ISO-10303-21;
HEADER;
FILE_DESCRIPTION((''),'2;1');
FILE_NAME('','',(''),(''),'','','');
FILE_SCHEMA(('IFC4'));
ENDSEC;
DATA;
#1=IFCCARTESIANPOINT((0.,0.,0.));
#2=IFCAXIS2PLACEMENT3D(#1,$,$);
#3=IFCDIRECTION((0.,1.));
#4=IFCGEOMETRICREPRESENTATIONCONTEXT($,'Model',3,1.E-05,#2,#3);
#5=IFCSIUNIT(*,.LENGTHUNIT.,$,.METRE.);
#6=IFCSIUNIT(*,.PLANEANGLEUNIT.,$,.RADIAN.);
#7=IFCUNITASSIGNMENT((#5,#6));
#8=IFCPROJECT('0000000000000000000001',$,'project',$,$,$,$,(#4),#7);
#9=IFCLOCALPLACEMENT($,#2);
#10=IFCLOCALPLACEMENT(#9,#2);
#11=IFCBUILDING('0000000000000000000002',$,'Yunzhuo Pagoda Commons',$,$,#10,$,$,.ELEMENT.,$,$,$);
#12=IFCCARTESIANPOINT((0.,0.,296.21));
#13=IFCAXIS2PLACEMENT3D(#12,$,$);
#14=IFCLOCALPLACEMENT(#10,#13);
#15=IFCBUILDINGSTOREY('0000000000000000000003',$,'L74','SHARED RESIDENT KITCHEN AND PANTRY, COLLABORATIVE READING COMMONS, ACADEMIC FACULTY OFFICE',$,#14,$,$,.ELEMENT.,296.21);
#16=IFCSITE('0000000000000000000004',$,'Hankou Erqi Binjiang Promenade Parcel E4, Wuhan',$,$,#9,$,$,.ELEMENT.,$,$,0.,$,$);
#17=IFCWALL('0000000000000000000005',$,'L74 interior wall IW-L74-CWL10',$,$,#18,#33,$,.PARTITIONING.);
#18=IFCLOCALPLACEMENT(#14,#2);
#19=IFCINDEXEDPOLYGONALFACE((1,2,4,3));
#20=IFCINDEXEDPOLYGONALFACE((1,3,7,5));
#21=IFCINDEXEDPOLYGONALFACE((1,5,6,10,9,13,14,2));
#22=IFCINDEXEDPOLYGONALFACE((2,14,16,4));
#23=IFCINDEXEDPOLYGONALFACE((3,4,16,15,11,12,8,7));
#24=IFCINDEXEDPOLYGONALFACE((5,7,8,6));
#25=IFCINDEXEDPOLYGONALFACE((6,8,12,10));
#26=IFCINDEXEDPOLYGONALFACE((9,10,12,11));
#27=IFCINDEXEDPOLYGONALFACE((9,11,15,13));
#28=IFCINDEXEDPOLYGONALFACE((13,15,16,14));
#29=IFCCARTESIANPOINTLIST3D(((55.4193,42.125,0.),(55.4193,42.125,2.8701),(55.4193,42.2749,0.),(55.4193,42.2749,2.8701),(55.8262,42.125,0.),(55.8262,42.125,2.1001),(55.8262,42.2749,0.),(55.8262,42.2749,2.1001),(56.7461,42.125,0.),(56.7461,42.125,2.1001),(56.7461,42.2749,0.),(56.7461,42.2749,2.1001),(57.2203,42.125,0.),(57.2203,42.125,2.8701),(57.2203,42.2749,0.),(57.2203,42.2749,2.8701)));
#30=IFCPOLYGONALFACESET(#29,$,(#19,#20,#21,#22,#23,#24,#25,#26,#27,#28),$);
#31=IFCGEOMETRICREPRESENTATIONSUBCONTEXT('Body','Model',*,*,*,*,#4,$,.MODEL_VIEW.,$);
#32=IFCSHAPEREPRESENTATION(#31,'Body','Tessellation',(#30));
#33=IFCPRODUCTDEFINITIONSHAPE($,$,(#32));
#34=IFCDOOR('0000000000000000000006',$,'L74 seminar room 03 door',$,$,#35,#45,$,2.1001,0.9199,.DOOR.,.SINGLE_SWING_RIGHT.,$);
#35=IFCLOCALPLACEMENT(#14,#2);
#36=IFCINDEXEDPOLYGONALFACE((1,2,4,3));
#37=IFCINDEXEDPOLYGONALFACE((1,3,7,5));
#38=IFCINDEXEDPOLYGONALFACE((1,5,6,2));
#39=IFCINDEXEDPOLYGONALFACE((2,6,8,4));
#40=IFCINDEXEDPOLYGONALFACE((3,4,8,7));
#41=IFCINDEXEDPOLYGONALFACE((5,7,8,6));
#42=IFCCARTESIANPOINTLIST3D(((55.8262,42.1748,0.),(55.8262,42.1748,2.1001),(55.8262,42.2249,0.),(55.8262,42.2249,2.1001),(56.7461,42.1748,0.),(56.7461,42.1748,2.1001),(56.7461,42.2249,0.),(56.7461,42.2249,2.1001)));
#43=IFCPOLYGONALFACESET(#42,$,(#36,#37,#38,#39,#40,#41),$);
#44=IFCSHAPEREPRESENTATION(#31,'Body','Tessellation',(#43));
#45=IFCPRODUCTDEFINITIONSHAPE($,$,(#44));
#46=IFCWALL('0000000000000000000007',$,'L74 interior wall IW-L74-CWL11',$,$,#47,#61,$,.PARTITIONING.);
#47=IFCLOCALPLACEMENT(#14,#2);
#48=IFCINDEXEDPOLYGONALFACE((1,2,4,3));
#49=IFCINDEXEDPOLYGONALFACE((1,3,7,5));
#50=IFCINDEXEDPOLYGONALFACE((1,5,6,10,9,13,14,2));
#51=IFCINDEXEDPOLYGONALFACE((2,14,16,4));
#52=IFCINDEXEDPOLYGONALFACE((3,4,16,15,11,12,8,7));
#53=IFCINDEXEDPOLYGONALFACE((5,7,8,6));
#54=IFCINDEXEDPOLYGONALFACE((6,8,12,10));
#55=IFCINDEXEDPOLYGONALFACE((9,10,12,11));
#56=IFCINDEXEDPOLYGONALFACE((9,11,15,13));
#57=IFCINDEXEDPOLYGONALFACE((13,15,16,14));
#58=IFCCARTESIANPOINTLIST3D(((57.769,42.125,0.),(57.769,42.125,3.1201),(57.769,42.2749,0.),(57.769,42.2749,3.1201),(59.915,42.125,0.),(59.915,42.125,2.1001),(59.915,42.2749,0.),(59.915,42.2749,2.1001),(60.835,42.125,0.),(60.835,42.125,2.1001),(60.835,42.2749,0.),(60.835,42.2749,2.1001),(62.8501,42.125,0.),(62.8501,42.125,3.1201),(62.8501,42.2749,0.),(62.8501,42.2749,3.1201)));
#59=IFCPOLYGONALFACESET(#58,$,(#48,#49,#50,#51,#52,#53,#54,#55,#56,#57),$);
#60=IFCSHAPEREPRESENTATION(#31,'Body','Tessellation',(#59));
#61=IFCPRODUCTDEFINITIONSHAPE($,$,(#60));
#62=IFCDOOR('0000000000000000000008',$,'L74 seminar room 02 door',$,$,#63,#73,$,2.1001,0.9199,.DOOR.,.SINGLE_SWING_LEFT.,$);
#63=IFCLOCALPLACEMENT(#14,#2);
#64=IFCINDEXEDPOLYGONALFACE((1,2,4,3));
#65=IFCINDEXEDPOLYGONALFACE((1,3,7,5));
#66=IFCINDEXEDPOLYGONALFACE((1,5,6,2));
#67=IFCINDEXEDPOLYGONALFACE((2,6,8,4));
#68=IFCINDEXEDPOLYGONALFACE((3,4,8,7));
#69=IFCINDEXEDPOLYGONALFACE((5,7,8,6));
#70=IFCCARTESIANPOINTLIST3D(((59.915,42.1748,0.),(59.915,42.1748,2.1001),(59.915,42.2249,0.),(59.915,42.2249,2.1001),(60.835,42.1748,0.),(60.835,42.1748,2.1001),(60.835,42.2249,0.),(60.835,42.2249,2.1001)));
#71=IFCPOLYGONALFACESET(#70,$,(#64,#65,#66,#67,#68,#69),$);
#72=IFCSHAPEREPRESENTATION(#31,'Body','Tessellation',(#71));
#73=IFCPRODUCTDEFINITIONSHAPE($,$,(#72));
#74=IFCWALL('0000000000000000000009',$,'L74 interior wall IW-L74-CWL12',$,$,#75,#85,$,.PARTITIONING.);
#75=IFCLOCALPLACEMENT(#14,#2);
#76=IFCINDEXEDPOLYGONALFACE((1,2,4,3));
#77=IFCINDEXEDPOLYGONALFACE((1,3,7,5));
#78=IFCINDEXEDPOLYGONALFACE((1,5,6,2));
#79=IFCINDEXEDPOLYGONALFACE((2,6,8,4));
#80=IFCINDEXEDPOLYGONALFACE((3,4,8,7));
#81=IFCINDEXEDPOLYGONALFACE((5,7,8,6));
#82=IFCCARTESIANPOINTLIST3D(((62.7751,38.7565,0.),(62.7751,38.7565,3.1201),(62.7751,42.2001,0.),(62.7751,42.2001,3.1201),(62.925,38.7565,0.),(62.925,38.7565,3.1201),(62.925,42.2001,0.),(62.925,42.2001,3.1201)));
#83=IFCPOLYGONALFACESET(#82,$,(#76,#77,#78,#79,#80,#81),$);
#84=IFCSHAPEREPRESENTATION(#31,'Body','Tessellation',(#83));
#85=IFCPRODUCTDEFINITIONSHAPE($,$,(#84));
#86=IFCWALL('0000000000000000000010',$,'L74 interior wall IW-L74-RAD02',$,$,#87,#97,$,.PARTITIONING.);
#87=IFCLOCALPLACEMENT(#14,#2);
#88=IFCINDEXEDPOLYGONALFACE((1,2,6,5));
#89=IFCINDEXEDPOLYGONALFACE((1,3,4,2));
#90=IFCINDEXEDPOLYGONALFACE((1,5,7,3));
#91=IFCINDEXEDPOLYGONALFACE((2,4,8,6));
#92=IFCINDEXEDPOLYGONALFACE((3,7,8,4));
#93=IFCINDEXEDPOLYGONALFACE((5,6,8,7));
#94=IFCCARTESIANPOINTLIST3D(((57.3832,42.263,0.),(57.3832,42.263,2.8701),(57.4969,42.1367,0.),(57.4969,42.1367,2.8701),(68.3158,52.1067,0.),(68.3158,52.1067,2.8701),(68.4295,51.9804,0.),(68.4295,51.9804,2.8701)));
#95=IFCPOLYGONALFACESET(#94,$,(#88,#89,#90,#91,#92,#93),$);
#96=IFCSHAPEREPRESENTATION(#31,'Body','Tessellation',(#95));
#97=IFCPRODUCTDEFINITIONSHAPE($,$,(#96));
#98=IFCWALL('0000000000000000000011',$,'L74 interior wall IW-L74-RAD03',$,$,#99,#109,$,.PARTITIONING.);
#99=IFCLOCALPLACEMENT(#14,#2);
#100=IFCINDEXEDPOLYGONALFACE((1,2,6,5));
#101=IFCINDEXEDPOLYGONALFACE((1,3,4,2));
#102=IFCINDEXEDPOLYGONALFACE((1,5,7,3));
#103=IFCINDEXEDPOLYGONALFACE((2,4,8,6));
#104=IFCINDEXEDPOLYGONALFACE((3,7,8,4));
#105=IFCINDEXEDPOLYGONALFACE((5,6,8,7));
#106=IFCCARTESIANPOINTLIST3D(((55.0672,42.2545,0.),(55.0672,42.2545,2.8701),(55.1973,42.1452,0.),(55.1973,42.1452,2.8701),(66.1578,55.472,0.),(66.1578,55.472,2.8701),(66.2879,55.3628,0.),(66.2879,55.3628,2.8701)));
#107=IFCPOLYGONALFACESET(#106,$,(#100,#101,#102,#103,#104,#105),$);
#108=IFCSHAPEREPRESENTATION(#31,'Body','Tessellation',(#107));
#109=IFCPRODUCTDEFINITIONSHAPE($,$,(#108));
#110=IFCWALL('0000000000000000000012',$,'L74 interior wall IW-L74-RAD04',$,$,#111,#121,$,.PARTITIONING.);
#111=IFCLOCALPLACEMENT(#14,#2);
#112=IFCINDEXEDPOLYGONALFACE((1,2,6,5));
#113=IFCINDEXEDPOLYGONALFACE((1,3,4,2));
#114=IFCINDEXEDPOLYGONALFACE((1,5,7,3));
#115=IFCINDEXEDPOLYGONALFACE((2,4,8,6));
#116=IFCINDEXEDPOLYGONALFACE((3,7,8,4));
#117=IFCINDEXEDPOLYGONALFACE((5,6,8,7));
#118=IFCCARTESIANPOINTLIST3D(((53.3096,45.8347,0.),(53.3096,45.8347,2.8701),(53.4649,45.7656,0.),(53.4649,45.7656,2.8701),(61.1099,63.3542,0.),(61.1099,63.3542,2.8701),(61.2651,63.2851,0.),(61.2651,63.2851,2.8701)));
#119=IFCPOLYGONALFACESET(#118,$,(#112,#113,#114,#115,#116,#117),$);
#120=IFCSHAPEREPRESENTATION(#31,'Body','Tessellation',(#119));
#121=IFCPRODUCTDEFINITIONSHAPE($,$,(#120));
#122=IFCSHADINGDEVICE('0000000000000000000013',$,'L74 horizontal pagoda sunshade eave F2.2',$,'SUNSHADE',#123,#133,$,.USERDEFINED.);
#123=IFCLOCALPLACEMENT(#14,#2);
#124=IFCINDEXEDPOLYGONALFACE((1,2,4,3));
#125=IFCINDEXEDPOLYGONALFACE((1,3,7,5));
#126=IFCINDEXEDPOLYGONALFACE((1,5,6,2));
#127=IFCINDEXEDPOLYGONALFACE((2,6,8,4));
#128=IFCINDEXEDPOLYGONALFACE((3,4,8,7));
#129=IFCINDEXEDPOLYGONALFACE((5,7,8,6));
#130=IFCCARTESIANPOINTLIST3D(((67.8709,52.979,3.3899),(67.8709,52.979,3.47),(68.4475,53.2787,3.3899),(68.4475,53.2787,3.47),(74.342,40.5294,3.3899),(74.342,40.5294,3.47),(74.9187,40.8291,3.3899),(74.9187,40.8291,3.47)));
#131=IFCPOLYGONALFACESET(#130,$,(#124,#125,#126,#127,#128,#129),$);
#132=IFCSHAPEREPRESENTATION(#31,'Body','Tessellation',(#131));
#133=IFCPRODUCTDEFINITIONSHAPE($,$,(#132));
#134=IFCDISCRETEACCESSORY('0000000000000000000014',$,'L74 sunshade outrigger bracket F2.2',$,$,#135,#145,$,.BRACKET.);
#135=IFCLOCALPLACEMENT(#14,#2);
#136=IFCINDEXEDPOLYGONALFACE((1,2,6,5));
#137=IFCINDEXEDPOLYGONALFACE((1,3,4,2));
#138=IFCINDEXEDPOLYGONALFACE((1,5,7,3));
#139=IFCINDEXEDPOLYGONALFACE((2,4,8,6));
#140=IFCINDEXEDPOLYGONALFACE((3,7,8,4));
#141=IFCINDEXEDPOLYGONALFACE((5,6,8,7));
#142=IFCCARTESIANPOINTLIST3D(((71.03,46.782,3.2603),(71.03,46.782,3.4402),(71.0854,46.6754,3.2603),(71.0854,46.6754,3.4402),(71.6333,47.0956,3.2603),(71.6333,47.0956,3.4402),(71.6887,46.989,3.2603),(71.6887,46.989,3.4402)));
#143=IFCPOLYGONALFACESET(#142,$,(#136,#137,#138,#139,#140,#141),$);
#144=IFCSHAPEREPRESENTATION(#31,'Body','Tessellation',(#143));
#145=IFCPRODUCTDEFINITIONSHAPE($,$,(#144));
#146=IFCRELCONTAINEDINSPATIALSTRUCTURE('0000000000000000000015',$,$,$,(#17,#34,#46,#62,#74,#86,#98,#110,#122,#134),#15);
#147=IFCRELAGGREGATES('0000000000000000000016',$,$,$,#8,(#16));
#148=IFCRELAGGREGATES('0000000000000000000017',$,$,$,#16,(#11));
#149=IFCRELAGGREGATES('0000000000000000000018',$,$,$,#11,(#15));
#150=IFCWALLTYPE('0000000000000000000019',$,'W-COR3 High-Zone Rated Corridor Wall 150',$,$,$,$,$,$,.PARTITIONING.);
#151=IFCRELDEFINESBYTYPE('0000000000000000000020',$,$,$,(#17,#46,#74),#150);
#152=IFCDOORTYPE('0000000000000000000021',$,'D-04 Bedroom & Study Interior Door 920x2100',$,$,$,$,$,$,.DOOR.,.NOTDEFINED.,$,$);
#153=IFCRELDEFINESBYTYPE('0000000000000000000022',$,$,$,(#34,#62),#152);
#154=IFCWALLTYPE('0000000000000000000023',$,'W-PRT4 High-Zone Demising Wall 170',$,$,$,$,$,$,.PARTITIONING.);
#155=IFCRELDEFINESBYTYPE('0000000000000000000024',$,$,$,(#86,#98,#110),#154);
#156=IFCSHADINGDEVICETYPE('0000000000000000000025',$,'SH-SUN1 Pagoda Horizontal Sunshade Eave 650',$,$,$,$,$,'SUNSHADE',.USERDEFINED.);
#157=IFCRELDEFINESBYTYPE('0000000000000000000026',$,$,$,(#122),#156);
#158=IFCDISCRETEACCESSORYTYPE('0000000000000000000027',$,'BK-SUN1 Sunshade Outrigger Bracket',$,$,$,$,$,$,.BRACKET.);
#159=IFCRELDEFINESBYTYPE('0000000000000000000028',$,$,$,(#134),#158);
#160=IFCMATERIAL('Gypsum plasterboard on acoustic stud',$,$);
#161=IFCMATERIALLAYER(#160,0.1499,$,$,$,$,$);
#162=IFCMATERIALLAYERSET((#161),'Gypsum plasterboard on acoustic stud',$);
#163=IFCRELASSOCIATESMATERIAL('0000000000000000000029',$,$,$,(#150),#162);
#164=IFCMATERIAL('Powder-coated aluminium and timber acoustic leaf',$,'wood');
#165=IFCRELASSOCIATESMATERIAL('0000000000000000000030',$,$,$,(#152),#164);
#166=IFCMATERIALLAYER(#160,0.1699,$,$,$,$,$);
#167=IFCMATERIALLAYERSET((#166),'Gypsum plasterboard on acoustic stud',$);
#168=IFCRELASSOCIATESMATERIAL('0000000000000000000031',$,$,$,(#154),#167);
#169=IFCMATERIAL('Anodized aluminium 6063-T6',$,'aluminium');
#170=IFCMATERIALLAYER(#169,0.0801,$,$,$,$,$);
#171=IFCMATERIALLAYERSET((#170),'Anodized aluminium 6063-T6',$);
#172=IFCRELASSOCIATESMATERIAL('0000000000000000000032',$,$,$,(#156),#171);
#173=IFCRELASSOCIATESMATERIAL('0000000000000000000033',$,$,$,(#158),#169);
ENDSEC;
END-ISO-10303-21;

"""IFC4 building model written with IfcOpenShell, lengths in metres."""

from ifc_helpers import new_model, si_unit, direction, frame, frame_2d, origin, origin_with_axes, origin_2d, place, context, subcontext, project, spatial, rectangle, extrude, source, transform, mapped, material, layer, layer_set, type_object, element, fill, save


model = new_model("IFC4")

# Units and contexts
model_context = context("Model", 3, precision=1e-05, world=origin(), true_north=direction((0.0, 1.0)))
body_context = subcontext(model_context, "Body", "Model", "MODEL_VIEW")
ifc_project = project(units=[si_unit("LENGTHUNIT", "METRE"), si_unit("PLANEANGLEUNIT", "RADIAN")], contexts=[model_context])

# Site, building, storey
site_placement = place(None, origin())
site = spatial("IfcSite", under=ifc_project, at=site_placement, Name="Hankou Erqi Binjiang Promenade Parcel E4, Wuhan", CompositionType="ELEMENT", RefElevation=0.0)
building_placement = place(site_placement, origin())
building = spatial("IfcBuilding", under=site, at=building_placement, Name="Yunzhuo Pagoda Commons", CompositionType="ELEMENT")
storey_placement = place(building_placement, frame((0.0, 0.0, 296.21)))
storey = spatial("IfcBuildingStorey", under=building, at=storey_placement, Name="L74", Description="SHARED RESIDENT KITCHEN AND PANTRY, COLLABORATIVE READING COMMONS, ACADEMIC FACULTY OFFICE", CompositionType="ELEMENT", Elevation=296.21)

# Shared definitions
ifc_material_1 = material(Name="Anodized aluminium 6063-T6", Category="aluminium")

# Shared definitions
ifc_material_2 = material(Name="Gypsum plasterboard on acoustic stud")
ifc_layer_1 = layer(ifc_material_2, 0.1499)
ifc_layer_set_1 = layer_set([ifc_layer_1], Name="Gypsum plasterboard on acoustic stud")
wall_type_1 = type_object("IfcWallType", Name="W-COR3 High-Zone Rated Corridor Wall 150", PredefinedType="PARTITIONING", material=ifc_layer_set_1)

# Walls, openings, doors
wall_1_placement = place(storey_placement, frame((55.4194, 42.2, 0.0), z_axis=(0.0, 0.0, 1.0), x_axis=(1.0, 0.0, 0.0)))
wall_1 = element("IfcWall", 1, at=wall_1_placement, inside=storey, type_object=wall_type_1, Name="L74 interior wall IW-L74-CWL10", PredefinedType="PARTITIONING", context=body_context, shape_type="SweptSolid", body=[
    extrude(rectangle(XDim=1.801, YDim=0.1499, at=frame_2d((0.9004, 0.0))), origin(), (0.0, 0.0, 1.0), 2.8701),
])
opening_1_placement = place(wall_1_placement, frame((0.4067, 0.0, 0.0)))
opening_1 = element("IfcOpeningElement", 2, at=opening_1_placement, cuts=wall_1, PredefinedType="OPENING", context=body_context, shape_type="SweptSolid", body=[
    extrude(rectangle(XDim=0.9199, YDim=2.1001, at=frame_2d((0.46, 1.05))), frame((0.0, 0.085, 0.0), z_axis=(0.0, -1.0, 0.0), x_axis=(1.0, 0.0, 0.0)), (0.0, 0.0, 1.0), 0.1699),
])
ifc_material_3 = material(Name="Powder-coated aluminium and timber acoustic leaf", Category="wood")
door_type = type_object("IfcDoorType", Name="D-04 Bedroom & Study Interior Door 920x2100", OperationType="NOTDEFINED", PredefinedType="DOOR", material=ifc_material_3)
shared_shape_1 = source(origin(), body_context, "Body", "SweptSolid", [
    extrude(rectangle(XDim=0.9199, YDim=2.1001, at=frame_2d((0.46, 1.05))), frame((0.0, 0.0249, 0.0), z_axis=(0.0, -1.0, 0.0), x_axis=(1.0, 0.0, 0.0)), (0.0, 0.0, 1.0), 0.05),
])
door_1_placement = place(opening_1_placement, origin_with_axes())
door_1 = element("IfcDoor", 3, at=door_1_placement, inside=storey, type_object=door_type, Name="L74 seminar room 03 door", OperationType="SINGLE_SWING_RIGHT", OverallHeight=2.1001, OverallWidth=0.9199, PredefinedType="DOOR", context=body_context, shape_type="MappedRepresentation", body=[
    mapped(shared_shape_1, transform((0.0, 0.0, 0.0), scale=1.0)),
])
fill(opening_1, door_1)
wall_2_placement = place(storey_placement, frame((57.769, 42.2, 0.0), z_axis=(0.0, 0.0, 1.0), x_axis=(1.0, 0.0, 0.0)))
wall_2 = element("IfcWall", 4, at=wall_2_placement, inside=storey, type_object=wall_type_1, Name="L74 interior wall IW-L74-CWL11", PredefinedType="PARTITIONING", context=body_context, shape_type="SweptSolid", body=[
    extrude(rectangle(XDim=5.0811, YDim=0.1499, at=frame_2d((2.5405, 0.0))), origin(), (0.0, 0.0, 1.0), 3.1201),
])
opening_2_placement = place(wall_2_placement, frame((2.146, 0.0, 0.0)))
opening_2 = element("IfcOpeningElement", 5, at=opening_2_placement, cuts=wall_2, PredefinedType="OPENING", context=body_context, shape_type="SweptSolid", body=[
    extrude(rectangle(XDim=0.9199, YDim=2.1001, at=frame_2d((0.46, 1.05))), frame((0.0, 0.085, 0.0), z_axis=(0.0, -1.0, 0.0), x_axis=(1.0, 0.0, 0.0)), (0.0, 0.0, 1.0), 0.1699),
])
door_2_placement = place(opening_2_placement, origin_with_axes())
door_2 = element("IfcDoor", 6, at=door_2_placement, inside=storey, type_object=door_type, Name="L74 seminar room 02 door", OperationType="SINGLE_SWING_LEFT", OverallHeight=2.1001, OverallWidth=0.9199, PredefinedType="DOOR", context=body_context, shape_type="MappedRepresentation", body=[
    mapped(shared_shape_1, transform((0.0, 0.0, 0.0), scale=1.0)),
])
fill(opening_2, door_2)

# Walls
wall_3_placement = place(storey_placement, frame((62.8501, 42.2, 0.0), z_axis=(0.0, 0.0, 1.0), x_axis=(0.0, -1.0, 0.0)))
element("IfcWall", 7, at=wall_3_placement, inside=storey, type_object=wall_type_1, Name="L74 interior wall IW-L74-CWL12", PredefinedType="PARTITIONING", context=body_context, shape_type="SweptSolid", body=[
    extrude(rectangle(XDim=3.4436, YDim=0.1499, at=frame_2d((1.7217, 0.0))), origin(), (0.0, 0.0, 1.0), 3.1201),
])
ifc_layer_2 = layer(ifc_material_2, 0.1699)
ifc_layer_set_2 = layer_set([ifc_layer_2], Name="Gypsum plasterboard on acoustic stud")
wall_type_2 = type_object("IfcWallType", Name="W-PRT4 High-Zone Demising Wall 170", PredefinedType="PARTITIONING", material=ifc_layer_set_2)
wall_4_placement = place(storey_placement, frame((57.4402, 42.2, 0.0), z_axis=(0.0, 0.0, 1.0), x_axis=(0.743146, 0.66913, 0.0)))
element("IfcWall", 8, at=wall_4_placement, inside=storey, type_object=wall_type_2, Name="L74 interior wall IW-L74-RAD02", PredefinedType="PARTITIONING", context=body_context, shape_type="SweptSolid", body=[
    extrude(rectangle(XDim=14.7112, YDim=0.1699, at=frame_2d((7.3555, 0.0))), origin(), (0.0, 0.0, 1.0), 2.8701),
])
wall_5_placement = place(storey_placement, frame((55.1323, 42.2, 0.0), z_axis=(0.0, 0.0, 1.0), x_axis=(0.642779, 0.766052, 0.0)))
element("IfcWall", 9, at=wall_5_placement, inside=storey, type_object=wall_type_2, Name="L74 interior wall IW-L74-RAD03", PredefinedType="PARTITIONING", context=body_context, shape_type="SweptSolid", body=[
    extrude(rectangle(XDim=17.2542, YDim=0.1699, at=frame_2d((8.627, 0.0))), origin(), (0.0, 0.0, 1.0), 2.8701),
])
wall_6_placement = place(storey_placement, frame((53.3872, 45.8, 0.0), z_axis=(0.0, 0.0, 1.0), x_axis=(0.406741, 0.913544, 0.0)))
element("IfcWall", 10, at=wall_6_placement, inside=storey, type_object=wall_type_2, Name="L74 interior wall IW-L74-RAD04", PredefinedType="PARTITIONING", context=body_context, shape_type="SweptSolid", body=[
    extrude(rectangle(XDim=19.1775, YDim=0.1699, at=frame_2d((9.5889, 0.0))), origin(), (0.0, 0.0, 1.0), 2.8701),
])

# Shading device
ifc_layer_3 = layer(ifc_material_1, 0.0801)
ifc_layer_set_3 = layer_set([ifc_layer_3], Name="Anodized aluminium 6063-T6")
shading_device_type = type_object("IfcShadingDeviceType", Name="SH-SUN1 Pagoda Horizontal Sunshade Eave 650", ElementType="SUNSHADE", PredefinedType="USERDEFINED", material=ifc_layer_set_3)
shared_shape_2 = source(origin(), body_context, "Body", "SweptSolid", [
    extrude(rectangle(XDim=14.031, YDim=0.6499, at=origin_2d()), origin(), (0.0, 0.0, 1.0), 0.0801),
])
shading_device_placement = place(storey_placement, frame((71.3948, 46.9041, 3.3899), z_axis=(0.0, 0.0, 1.0), x_axis=(-0.461207, 0.887293, 0.0)))
element("IfcShadingDevice", 11, at=shading_device_placement, inside=storey, type_object=shading_device_type, Name="L74 horizontal pagoda sunshade eave F2.2", ObjectType="SUNSHADE", PredefinedType="USERDEFINED", context=body_context, shape_type="MappedRepresentation", body=[
    mapped(shared_shape_2, transform((0.0, 0.0, 0.0), scale=1.0)),
])

# Discrete accessory
discrete_accessory_type = type_object("IfcDiscreteAccessoryType", Name="BK-SUN1 Sunshade Outrigger Bracket", PredefinedType="BRACKET", material=ifc_material_1)
shared_shape_3 = source(origin(), body_context, "Body", "SweptSolid", [
    extrude(rectangle(XDim=0.1201, YDim=0.6799, at=origin_2d()), origin(), (0.0, 0.0, 1.0), 0.1799),
])
discrete_accessory_placement = place(storey_placement, frame((71.3594, 46.8855, 3.2603), z_axis=(0.0, 0.0, 1.0), x_axis=(-0.461207, 0.887293, 0.0)))
element("IfcDiscreteAccessory", 12, at=discrete_accessory_placement, inside=storey, type_object=discrete_accessory_type, Name="L74 sunshade outrigger bracket F2.2", PredefinedType="BRACKET", context=body_context, shape_type="MappedRepresentation", body=[
    mapped(shared_shape_3, transform((0.0, 0.0, 0.0), scale=1.0)),
])

save(model, "model.ifc")
